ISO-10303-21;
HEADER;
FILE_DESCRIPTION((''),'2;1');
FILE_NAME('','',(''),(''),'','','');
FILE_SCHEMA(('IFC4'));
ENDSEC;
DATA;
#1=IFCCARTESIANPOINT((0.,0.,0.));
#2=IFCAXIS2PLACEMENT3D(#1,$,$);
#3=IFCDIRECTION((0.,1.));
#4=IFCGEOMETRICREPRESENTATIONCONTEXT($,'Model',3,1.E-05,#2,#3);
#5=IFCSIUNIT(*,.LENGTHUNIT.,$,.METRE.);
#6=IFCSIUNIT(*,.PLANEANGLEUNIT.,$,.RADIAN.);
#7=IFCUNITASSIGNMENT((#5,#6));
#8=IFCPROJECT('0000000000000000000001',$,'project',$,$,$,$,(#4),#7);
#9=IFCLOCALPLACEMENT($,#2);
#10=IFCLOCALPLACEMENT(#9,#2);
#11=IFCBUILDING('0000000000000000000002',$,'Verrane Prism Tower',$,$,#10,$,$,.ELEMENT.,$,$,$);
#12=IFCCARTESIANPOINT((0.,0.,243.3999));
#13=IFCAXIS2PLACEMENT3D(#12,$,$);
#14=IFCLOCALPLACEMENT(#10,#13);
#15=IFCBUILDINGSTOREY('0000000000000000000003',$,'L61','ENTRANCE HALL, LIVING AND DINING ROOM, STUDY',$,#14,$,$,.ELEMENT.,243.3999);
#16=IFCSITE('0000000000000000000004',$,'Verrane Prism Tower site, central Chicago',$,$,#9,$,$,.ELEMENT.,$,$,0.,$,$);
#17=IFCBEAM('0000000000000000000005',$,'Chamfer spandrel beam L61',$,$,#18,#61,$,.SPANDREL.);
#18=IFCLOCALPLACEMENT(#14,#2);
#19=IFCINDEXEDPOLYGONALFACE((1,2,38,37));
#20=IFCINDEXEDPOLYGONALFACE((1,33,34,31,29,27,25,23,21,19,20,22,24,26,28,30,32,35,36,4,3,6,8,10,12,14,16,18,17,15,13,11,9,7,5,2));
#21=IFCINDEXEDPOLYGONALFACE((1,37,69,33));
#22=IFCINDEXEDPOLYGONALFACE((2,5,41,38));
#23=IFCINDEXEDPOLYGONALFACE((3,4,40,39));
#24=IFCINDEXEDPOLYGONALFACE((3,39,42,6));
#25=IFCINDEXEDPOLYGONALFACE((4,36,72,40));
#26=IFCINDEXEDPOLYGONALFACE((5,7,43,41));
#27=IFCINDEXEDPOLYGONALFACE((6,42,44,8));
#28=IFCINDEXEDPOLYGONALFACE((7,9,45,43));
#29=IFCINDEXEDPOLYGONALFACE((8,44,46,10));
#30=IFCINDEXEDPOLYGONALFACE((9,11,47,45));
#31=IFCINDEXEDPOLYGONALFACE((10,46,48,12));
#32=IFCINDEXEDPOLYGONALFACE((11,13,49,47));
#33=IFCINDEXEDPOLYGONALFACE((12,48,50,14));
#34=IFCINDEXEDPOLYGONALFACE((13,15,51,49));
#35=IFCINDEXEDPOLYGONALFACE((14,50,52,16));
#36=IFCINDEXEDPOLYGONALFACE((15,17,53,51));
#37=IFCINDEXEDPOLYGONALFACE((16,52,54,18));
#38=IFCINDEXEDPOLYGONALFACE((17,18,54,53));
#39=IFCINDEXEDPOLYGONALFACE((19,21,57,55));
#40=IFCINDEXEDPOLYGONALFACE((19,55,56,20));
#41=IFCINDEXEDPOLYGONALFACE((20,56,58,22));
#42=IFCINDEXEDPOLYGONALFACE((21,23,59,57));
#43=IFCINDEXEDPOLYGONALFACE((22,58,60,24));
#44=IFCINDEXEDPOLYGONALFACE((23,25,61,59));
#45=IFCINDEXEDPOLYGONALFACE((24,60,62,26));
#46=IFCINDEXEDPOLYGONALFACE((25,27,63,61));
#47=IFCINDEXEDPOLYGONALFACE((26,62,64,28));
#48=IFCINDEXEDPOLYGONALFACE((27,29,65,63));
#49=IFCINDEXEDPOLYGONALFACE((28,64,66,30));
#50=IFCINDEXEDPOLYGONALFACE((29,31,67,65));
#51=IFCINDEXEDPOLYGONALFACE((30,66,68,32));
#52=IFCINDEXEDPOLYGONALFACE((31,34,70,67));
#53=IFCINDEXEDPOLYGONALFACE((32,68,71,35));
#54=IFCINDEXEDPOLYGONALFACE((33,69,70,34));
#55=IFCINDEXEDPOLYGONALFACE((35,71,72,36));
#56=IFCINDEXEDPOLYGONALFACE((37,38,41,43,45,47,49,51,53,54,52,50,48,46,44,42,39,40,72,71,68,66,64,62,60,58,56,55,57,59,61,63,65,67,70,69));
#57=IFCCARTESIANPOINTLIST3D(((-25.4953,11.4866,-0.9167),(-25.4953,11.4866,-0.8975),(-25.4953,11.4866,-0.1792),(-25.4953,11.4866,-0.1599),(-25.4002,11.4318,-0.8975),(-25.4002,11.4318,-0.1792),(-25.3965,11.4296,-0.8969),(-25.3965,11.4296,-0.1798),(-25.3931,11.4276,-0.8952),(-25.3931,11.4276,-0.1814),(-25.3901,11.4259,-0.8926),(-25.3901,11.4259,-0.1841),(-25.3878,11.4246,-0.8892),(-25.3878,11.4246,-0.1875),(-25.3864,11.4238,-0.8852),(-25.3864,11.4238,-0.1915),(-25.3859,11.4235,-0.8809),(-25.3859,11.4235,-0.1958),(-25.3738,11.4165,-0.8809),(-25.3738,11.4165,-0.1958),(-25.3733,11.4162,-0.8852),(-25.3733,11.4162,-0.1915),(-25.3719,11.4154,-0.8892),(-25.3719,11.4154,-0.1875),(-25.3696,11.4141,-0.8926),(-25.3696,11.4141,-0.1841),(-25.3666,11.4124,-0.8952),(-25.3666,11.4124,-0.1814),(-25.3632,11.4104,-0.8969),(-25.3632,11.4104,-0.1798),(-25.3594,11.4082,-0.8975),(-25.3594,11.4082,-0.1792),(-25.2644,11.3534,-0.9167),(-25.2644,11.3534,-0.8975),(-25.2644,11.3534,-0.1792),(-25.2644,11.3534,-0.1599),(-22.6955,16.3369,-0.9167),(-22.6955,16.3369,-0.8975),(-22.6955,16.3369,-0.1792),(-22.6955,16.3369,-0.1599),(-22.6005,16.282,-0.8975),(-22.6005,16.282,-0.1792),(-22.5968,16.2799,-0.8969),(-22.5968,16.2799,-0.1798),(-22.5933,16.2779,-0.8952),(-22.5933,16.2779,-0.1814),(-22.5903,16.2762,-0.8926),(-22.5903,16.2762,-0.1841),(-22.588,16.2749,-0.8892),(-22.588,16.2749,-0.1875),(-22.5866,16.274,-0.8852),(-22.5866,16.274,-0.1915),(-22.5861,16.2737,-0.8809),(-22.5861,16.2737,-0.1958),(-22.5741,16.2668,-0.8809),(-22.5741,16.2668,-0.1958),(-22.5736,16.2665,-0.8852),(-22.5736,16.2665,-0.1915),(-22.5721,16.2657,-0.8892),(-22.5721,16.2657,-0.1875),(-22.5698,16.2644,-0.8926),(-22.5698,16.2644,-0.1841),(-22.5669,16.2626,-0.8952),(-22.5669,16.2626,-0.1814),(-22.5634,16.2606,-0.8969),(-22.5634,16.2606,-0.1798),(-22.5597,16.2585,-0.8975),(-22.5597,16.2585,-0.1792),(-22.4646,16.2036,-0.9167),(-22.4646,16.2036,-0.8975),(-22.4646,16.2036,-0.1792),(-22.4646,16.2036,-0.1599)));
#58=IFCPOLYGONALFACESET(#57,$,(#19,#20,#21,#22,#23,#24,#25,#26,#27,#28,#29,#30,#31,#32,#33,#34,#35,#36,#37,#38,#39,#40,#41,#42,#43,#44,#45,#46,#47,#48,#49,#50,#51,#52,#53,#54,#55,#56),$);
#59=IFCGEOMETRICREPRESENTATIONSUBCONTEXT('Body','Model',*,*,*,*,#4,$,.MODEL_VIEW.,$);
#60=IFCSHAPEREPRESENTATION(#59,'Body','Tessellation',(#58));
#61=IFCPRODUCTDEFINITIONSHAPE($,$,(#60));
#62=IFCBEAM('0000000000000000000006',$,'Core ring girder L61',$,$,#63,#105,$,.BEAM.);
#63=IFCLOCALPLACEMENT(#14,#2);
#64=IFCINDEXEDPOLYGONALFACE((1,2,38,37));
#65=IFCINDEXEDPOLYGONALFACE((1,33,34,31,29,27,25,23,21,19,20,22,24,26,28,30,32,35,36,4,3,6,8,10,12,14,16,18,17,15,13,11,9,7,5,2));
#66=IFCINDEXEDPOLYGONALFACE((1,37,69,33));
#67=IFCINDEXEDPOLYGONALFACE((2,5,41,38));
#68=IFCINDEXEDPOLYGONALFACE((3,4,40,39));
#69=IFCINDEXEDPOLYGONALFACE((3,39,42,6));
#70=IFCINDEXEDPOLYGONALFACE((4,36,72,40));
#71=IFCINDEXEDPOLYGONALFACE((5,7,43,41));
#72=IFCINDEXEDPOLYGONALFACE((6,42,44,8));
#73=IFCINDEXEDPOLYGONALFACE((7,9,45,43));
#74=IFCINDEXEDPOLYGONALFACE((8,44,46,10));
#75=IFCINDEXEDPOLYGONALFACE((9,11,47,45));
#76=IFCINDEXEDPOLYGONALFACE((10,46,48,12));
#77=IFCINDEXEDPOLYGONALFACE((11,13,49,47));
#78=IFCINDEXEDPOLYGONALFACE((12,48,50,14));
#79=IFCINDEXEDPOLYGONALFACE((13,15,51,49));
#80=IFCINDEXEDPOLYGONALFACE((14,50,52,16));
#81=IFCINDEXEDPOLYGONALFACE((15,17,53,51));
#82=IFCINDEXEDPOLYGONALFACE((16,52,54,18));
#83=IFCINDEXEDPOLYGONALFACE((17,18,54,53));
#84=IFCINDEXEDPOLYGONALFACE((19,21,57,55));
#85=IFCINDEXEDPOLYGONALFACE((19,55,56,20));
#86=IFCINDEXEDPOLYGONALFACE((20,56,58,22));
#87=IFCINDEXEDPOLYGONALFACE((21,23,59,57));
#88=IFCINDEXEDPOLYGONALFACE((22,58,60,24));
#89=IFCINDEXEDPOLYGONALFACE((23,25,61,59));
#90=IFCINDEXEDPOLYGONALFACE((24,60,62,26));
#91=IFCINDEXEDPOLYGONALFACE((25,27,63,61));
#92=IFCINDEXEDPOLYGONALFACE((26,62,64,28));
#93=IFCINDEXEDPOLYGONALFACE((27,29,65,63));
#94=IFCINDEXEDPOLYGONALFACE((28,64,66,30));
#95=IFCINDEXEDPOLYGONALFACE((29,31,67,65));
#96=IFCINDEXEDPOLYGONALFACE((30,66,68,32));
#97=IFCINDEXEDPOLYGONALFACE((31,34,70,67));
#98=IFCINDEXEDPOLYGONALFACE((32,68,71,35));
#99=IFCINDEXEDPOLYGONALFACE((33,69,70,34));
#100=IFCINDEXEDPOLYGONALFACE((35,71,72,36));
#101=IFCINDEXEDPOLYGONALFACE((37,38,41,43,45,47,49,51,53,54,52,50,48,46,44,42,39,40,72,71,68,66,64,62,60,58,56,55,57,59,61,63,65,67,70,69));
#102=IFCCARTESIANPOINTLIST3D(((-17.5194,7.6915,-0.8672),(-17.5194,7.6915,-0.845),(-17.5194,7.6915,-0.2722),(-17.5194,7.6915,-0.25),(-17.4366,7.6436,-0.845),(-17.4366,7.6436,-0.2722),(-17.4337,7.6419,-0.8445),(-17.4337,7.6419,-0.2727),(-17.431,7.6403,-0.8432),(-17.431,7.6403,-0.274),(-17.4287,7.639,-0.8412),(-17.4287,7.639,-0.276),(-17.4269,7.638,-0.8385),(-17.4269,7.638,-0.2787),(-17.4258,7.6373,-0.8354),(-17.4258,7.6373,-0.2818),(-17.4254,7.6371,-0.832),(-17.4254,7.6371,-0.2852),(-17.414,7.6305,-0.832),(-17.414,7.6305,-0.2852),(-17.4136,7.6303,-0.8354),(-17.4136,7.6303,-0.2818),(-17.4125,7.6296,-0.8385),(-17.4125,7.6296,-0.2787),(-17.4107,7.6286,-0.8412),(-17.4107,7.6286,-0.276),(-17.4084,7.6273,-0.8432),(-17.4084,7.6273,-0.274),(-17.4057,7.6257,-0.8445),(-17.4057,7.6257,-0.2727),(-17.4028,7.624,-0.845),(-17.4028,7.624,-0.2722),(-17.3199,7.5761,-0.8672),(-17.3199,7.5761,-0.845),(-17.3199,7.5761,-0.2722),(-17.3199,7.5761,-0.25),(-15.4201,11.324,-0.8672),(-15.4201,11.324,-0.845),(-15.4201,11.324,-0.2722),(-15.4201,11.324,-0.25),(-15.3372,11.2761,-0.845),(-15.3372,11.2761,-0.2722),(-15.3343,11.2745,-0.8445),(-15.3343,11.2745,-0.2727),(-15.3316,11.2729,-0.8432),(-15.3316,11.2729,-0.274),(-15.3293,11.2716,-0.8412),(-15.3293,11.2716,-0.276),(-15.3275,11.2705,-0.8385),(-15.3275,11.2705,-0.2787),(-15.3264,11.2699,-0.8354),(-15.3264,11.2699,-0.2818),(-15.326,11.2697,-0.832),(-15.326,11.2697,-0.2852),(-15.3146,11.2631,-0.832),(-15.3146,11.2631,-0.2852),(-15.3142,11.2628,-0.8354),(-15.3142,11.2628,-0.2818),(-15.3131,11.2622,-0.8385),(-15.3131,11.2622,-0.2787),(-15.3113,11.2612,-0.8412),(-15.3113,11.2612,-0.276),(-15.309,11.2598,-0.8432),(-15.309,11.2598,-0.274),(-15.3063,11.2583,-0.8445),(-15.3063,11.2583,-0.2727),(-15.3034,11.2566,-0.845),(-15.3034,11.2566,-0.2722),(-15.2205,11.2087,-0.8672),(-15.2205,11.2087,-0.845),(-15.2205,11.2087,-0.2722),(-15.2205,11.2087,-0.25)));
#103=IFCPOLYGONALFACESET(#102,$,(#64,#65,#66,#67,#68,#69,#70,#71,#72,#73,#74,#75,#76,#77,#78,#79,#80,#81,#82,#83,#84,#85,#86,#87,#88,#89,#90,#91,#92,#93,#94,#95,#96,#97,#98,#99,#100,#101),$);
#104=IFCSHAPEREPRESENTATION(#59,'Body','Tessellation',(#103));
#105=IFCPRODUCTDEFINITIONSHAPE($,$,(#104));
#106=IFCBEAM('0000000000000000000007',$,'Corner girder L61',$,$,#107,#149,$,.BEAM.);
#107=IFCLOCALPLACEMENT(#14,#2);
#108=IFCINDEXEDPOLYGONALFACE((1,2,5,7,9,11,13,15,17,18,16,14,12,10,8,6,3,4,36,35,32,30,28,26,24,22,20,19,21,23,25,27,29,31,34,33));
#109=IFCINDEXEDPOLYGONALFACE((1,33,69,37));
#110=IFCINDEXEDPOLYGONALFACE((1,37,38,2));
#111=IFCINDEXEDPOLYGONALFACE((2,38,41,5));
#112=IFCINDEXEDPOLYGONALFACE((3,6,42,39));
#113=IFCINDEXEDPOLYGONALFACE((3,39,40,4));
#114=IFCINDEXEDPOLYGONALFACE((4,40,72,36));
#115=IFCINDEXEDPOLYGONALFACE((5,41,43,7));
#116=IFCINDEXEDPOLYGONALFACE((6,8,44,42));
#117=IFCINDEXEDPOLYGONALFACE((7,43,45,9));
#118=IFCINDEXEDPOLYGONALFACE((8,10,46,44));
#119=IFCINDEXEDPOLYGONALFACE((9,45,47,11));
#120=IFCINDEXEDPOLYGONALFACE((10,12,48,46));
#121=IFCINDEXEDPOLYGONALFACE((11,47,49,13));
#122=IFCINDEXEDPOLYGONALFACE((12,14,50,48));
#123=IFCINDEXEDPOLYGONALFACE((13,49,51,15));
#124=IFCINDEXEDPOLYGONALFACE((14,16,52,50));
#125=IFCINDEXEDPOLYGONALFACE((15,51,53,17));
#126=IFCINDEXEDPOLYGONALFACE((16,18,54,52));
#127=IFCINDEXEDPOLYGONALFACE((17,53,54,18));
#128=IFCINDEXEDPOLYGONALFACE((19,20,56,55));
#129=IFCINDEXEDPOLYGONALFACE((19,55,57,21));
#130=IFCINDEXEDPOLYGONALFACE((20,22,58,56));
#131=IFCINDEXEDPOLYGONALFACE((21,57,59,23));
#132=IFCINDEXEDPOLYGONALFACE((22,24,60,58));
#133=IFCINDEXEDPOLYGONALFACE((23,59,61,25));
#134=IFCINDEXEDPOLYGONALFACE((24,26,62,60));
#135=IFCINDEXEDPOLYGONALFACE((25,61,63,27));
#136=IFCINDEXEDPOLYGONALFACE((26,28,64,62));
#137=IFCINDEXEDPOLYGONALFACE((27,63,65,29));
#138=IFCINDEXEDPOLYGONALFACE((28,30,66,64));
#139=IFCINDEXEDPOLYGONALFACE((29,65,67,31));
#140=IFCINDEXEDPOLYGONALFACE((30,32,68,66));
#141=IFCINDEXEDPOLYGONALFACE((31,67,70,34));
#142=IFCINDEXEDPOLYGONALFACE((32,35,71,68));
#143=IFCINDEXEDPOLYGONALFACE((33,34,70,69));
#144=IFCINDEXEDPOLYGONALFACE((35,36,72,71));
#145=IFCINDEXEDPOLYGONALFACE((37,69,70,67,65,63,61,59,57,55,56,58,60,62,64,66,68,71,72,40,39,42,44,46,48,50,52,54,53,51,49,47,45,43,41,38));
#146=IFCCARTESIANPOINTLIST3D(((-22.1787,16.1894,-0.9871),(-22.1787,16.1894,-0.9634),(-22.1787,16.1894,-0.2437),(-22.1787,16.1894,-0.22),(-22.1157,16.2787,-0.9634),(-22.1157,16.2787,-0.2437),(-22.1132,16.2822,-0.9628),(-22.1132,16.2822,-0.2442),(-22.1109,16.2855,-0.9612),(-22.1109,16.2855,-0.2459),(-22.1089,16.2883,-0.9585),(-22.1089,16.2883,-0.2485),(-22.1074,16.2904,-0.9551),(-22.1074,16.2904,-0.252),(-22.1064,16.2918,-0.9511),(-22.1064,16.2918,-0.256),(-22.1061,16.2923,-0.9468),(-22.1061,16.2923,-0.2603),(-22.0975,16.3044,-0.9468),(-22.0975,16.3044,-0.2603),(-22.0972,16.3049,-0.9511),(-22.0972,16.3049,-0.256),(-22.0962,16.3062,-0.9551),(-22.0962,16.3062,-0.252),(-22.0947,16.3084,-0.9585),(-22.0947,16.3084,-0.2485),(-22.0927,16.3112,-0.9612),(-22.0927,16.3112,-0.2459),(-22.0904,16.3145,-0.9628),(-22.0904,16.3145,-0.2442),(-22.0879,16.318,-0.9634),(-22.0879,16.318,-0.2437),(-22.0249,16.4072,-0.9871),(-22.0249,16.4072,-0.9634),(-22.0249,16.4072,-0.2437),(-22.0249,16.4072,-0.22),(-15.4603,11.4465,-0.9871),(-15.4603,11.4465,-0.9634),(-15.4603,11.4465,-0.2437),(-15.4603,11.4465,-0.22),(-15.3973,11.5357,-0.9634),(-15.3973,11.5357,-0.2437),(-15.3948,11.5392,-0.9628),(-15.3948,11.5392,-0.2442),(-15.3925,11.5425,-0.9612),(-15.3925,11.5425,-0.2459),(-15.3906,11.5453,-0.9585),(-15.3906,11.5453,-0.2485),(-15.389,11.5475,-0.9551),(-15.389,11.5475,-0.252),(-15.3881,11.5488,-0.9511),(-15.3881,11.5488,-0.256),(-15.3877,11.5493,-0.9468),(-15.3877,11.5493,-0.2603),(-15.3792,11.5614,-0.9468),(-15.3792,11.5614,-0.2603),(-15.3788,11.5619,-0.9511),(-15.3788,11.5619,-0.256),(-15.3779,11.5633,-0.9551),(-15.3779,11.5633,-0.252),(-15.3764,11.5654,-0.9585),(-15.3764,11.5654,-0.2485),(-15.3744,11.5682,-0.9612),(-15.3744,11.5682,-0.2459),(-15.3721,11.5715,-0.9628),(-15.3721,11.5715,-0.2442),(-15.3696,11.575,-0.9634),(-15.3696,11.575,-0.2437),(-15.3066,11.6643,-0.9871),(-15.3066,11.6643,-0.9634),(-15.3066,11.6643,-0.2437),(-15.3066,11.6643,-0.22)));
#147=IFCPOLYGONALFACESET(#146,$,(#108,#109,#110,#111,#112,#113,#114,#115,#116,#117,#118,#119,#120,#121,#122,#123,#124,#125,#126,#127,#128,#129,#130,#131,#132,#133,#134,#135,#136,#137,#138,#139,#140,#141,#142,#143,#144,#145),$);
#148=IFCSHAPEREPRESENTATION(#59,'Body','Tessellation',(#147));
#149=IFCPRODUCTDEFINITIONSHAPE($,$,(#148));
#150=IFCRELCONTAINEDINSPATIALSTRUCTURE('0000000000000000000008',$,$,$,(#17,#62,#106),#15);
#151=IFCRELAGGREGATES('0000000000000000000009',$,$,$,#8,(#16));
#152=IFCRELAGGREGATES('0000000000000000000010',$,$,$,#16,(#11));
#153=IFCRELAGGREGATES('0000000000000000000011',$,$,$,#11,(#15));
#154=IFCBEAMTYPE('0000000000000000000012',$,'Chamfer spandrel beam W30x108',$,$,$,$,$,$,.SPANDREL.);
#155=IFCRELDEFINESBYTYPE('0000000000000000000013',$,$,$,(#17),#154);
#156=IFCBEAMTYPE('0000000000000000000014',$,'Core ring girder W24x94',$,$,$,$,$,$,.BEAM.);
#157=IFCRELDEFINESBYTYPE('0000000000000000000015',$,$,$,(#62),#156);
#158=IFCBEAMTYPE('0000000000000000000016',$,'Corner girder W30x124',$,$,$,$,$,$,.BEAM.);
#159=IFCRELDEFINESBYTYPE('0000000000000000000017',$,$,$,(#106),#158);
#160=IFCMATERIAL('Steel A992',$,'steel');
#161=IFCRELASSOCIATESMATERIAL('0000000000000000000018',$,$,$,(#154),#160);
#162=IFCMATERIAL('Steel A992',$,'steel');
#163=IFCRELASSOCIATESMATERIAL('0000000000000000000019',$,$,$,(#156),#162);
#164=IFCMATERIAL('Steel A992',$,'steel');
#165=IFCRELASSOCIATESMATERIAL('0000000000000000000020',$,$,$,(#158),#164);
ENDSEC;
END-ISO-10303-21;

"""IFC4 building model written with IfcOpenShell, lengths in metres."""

from ifc_helpers import new_model, si_unit, direction, frame, origin, origin_2d, place, context, subcontext, project, spatial, i_section, extrude, material, material_profile, profile_set, type_object, element, save


model = new_model("IFC4")

# Units and contexts
model_context = context("Model", 3, precision=1e-05, world=origin(), true_north=direction((0.0, 1.0)))
body_context = subcontext(model_context, "Body", "Model", "MODEL_VIEW")
ifc_project = project(units=[si_unit("LENGTHUNIT", "METRE"), si_unit("PLANEANGLEUNIT", "RADIAN")], contexts=[model_context])

# Site, building, storey
site_placement = place(None, origin())
site = spatial("IfcSite", under=ifc_project, at=site_placement, Name="Verrane Prism Tower site, central Chicago", CompositionType="ELEMENT", RefElevation=0.0)
building_placement = place(site_placement, origin())
building = spatial("IfcBuilding", under=site, at=building_placement, Name="Verrane Prism Tower", CompositionType="ELEMENT")
storey_placement = place(building_placement, frame((0.0, 0.0, 243.3999)))
storey = spatial("IfcBuildingStorey", under=building, at=storey_placement, Name="L61", Description="ENTRANCE HALL, LIVING AND DINING ROOM, STUDY", CompositionType="ELEMENT", Elevation=243.3999)

# Beams
ifc_material_1 = material(Name="Steel A992", Category="steel")
ifc_material_profile_1 = material_profile(ifc_material_1, i_section(OverallWidth=0.2666, OverallDepth=0.7568, WebThickness=0.0139, FlangeThickness=0.0193, FilletRadius=0.0166, at=origin_2d()), Name="W30x108")
ifc_profile_set_1 = profile_set([ifc_material_profile_1], Name="Steel A992")
beam_type_1 = type_object("IfcBeamType", Name="Chamfer spandrel beam W30x108", PredefinedType="SPANDREL", material=ifc_profile_set_1)
beam_1_placement = place(storey_placement, frame((-22.5801, 16.2703, -0.5383), z_axis=(-0.499927, -0.866067, 0.0), x_axis=(0.866067, -0.499927, 0.0)))
element("IfcBeam", 1, at=beam_1_placement, inside=storey, type_object=beam_type_1, Name="Chamfer spandrel beam L61", PredefinedType="SPANDREL", context=body_context, shape_type="SweptSolid", body=[
    extrude(i_section(OverallWidth=0.2666, OverallDepth=0.7568, WebThickness=0.0139, FlangeThickness=0.0193, FilletRadius=0.0166, at=origin_2d()), origin(), (0.0, 0.0, 1.0), 5.6003),
])
ifc_material_2 = material(Name="Steel A992", Category="steel")
ifc_material_profile_2 = material_profile(ifc_material_2, i_section(OverallWidth=0.2305, OverallDepth=0.6172, WebThickness=0.0132, FlangeThickness=0.0222, FilletRadius=0.0129, at=origin_2d()), Name="W24x94")
ifc_profile_set_2 = profile_set([ifc_material_profile_2], Name="Steel A992")
beam_type_2 = type_object("IfcBeamType", Name="Core ring girder W24x94", PredefinedType="BEAM", material=ifc_profile_set_2)
beam_2_placement = place(storey_placement, frame((-15.3203, 11.2664, -0.5586), z_axis=(-0.500376, -0.865808, 0.0), x_axis=(0.865808, -0.500376, 0.0)))
element("IfcBeam", 2, at=beam_2_placement, inside=storey, type_object=beam_type_2, Name="Core ring girder L61", PredefinedType="BEAM", context=body_context, shape_type="SweptSolid", body=[
    extrude(i_section(OverallWidth=0.2305, OverallDepth=0.6172, WebThickness=0.0132, FlangeThickness=0.0222, FilletRadius=0.0129, at=origin_2d()), origin(), (0.0, 0.0, 1.0), 4.1956),
])
ifc_material_3 = material(Name="Steel A992", Category="steel")
ifc_material_profile_3 = material_profile(ifc_material_3, i_section(OverallWidth=0.2666, OverallDepth=0.7671, WebThickness=0.0149, FlangeThickness=0.0237, FilletRadius=0.0166, at=origin_2d()), Name="W30x124")
ifc_profile_set_3 = profile_set([ifc_material_profile_3], Name="Steel A992")
beam_type_3 = type_object("IfcBeamType", Name="Corner girder W30x124", PredefinedType="BEAM", material=ifc_profile_set_3)
beam_3_placement = place(storey_placement, frame((-22.1018, 16.2983, -0.6035), z_axis=(0.816932, -0.576733, 0.0), x_axis=(0.576733, 0.816932, 0.0)))
element("IfcBeam", 3, at=beam_3_placement, inside=storey, type_object=beam_type_3, Name="Corner girder L61", PredefinedType="BEAM", context=body_context, shape_type="SweptSolid", body=[
    extrude(i_section(OverallWidth=0.2666, OverallDepth=0.7671, WebThickness=0.0149, FlangeThickness=0.0237, FilletRadius=0.0166, at=origin_2d()), origin(), (0.0, 0.0, 1.0), 8.2239),
])

save(model, "model.ifc")
